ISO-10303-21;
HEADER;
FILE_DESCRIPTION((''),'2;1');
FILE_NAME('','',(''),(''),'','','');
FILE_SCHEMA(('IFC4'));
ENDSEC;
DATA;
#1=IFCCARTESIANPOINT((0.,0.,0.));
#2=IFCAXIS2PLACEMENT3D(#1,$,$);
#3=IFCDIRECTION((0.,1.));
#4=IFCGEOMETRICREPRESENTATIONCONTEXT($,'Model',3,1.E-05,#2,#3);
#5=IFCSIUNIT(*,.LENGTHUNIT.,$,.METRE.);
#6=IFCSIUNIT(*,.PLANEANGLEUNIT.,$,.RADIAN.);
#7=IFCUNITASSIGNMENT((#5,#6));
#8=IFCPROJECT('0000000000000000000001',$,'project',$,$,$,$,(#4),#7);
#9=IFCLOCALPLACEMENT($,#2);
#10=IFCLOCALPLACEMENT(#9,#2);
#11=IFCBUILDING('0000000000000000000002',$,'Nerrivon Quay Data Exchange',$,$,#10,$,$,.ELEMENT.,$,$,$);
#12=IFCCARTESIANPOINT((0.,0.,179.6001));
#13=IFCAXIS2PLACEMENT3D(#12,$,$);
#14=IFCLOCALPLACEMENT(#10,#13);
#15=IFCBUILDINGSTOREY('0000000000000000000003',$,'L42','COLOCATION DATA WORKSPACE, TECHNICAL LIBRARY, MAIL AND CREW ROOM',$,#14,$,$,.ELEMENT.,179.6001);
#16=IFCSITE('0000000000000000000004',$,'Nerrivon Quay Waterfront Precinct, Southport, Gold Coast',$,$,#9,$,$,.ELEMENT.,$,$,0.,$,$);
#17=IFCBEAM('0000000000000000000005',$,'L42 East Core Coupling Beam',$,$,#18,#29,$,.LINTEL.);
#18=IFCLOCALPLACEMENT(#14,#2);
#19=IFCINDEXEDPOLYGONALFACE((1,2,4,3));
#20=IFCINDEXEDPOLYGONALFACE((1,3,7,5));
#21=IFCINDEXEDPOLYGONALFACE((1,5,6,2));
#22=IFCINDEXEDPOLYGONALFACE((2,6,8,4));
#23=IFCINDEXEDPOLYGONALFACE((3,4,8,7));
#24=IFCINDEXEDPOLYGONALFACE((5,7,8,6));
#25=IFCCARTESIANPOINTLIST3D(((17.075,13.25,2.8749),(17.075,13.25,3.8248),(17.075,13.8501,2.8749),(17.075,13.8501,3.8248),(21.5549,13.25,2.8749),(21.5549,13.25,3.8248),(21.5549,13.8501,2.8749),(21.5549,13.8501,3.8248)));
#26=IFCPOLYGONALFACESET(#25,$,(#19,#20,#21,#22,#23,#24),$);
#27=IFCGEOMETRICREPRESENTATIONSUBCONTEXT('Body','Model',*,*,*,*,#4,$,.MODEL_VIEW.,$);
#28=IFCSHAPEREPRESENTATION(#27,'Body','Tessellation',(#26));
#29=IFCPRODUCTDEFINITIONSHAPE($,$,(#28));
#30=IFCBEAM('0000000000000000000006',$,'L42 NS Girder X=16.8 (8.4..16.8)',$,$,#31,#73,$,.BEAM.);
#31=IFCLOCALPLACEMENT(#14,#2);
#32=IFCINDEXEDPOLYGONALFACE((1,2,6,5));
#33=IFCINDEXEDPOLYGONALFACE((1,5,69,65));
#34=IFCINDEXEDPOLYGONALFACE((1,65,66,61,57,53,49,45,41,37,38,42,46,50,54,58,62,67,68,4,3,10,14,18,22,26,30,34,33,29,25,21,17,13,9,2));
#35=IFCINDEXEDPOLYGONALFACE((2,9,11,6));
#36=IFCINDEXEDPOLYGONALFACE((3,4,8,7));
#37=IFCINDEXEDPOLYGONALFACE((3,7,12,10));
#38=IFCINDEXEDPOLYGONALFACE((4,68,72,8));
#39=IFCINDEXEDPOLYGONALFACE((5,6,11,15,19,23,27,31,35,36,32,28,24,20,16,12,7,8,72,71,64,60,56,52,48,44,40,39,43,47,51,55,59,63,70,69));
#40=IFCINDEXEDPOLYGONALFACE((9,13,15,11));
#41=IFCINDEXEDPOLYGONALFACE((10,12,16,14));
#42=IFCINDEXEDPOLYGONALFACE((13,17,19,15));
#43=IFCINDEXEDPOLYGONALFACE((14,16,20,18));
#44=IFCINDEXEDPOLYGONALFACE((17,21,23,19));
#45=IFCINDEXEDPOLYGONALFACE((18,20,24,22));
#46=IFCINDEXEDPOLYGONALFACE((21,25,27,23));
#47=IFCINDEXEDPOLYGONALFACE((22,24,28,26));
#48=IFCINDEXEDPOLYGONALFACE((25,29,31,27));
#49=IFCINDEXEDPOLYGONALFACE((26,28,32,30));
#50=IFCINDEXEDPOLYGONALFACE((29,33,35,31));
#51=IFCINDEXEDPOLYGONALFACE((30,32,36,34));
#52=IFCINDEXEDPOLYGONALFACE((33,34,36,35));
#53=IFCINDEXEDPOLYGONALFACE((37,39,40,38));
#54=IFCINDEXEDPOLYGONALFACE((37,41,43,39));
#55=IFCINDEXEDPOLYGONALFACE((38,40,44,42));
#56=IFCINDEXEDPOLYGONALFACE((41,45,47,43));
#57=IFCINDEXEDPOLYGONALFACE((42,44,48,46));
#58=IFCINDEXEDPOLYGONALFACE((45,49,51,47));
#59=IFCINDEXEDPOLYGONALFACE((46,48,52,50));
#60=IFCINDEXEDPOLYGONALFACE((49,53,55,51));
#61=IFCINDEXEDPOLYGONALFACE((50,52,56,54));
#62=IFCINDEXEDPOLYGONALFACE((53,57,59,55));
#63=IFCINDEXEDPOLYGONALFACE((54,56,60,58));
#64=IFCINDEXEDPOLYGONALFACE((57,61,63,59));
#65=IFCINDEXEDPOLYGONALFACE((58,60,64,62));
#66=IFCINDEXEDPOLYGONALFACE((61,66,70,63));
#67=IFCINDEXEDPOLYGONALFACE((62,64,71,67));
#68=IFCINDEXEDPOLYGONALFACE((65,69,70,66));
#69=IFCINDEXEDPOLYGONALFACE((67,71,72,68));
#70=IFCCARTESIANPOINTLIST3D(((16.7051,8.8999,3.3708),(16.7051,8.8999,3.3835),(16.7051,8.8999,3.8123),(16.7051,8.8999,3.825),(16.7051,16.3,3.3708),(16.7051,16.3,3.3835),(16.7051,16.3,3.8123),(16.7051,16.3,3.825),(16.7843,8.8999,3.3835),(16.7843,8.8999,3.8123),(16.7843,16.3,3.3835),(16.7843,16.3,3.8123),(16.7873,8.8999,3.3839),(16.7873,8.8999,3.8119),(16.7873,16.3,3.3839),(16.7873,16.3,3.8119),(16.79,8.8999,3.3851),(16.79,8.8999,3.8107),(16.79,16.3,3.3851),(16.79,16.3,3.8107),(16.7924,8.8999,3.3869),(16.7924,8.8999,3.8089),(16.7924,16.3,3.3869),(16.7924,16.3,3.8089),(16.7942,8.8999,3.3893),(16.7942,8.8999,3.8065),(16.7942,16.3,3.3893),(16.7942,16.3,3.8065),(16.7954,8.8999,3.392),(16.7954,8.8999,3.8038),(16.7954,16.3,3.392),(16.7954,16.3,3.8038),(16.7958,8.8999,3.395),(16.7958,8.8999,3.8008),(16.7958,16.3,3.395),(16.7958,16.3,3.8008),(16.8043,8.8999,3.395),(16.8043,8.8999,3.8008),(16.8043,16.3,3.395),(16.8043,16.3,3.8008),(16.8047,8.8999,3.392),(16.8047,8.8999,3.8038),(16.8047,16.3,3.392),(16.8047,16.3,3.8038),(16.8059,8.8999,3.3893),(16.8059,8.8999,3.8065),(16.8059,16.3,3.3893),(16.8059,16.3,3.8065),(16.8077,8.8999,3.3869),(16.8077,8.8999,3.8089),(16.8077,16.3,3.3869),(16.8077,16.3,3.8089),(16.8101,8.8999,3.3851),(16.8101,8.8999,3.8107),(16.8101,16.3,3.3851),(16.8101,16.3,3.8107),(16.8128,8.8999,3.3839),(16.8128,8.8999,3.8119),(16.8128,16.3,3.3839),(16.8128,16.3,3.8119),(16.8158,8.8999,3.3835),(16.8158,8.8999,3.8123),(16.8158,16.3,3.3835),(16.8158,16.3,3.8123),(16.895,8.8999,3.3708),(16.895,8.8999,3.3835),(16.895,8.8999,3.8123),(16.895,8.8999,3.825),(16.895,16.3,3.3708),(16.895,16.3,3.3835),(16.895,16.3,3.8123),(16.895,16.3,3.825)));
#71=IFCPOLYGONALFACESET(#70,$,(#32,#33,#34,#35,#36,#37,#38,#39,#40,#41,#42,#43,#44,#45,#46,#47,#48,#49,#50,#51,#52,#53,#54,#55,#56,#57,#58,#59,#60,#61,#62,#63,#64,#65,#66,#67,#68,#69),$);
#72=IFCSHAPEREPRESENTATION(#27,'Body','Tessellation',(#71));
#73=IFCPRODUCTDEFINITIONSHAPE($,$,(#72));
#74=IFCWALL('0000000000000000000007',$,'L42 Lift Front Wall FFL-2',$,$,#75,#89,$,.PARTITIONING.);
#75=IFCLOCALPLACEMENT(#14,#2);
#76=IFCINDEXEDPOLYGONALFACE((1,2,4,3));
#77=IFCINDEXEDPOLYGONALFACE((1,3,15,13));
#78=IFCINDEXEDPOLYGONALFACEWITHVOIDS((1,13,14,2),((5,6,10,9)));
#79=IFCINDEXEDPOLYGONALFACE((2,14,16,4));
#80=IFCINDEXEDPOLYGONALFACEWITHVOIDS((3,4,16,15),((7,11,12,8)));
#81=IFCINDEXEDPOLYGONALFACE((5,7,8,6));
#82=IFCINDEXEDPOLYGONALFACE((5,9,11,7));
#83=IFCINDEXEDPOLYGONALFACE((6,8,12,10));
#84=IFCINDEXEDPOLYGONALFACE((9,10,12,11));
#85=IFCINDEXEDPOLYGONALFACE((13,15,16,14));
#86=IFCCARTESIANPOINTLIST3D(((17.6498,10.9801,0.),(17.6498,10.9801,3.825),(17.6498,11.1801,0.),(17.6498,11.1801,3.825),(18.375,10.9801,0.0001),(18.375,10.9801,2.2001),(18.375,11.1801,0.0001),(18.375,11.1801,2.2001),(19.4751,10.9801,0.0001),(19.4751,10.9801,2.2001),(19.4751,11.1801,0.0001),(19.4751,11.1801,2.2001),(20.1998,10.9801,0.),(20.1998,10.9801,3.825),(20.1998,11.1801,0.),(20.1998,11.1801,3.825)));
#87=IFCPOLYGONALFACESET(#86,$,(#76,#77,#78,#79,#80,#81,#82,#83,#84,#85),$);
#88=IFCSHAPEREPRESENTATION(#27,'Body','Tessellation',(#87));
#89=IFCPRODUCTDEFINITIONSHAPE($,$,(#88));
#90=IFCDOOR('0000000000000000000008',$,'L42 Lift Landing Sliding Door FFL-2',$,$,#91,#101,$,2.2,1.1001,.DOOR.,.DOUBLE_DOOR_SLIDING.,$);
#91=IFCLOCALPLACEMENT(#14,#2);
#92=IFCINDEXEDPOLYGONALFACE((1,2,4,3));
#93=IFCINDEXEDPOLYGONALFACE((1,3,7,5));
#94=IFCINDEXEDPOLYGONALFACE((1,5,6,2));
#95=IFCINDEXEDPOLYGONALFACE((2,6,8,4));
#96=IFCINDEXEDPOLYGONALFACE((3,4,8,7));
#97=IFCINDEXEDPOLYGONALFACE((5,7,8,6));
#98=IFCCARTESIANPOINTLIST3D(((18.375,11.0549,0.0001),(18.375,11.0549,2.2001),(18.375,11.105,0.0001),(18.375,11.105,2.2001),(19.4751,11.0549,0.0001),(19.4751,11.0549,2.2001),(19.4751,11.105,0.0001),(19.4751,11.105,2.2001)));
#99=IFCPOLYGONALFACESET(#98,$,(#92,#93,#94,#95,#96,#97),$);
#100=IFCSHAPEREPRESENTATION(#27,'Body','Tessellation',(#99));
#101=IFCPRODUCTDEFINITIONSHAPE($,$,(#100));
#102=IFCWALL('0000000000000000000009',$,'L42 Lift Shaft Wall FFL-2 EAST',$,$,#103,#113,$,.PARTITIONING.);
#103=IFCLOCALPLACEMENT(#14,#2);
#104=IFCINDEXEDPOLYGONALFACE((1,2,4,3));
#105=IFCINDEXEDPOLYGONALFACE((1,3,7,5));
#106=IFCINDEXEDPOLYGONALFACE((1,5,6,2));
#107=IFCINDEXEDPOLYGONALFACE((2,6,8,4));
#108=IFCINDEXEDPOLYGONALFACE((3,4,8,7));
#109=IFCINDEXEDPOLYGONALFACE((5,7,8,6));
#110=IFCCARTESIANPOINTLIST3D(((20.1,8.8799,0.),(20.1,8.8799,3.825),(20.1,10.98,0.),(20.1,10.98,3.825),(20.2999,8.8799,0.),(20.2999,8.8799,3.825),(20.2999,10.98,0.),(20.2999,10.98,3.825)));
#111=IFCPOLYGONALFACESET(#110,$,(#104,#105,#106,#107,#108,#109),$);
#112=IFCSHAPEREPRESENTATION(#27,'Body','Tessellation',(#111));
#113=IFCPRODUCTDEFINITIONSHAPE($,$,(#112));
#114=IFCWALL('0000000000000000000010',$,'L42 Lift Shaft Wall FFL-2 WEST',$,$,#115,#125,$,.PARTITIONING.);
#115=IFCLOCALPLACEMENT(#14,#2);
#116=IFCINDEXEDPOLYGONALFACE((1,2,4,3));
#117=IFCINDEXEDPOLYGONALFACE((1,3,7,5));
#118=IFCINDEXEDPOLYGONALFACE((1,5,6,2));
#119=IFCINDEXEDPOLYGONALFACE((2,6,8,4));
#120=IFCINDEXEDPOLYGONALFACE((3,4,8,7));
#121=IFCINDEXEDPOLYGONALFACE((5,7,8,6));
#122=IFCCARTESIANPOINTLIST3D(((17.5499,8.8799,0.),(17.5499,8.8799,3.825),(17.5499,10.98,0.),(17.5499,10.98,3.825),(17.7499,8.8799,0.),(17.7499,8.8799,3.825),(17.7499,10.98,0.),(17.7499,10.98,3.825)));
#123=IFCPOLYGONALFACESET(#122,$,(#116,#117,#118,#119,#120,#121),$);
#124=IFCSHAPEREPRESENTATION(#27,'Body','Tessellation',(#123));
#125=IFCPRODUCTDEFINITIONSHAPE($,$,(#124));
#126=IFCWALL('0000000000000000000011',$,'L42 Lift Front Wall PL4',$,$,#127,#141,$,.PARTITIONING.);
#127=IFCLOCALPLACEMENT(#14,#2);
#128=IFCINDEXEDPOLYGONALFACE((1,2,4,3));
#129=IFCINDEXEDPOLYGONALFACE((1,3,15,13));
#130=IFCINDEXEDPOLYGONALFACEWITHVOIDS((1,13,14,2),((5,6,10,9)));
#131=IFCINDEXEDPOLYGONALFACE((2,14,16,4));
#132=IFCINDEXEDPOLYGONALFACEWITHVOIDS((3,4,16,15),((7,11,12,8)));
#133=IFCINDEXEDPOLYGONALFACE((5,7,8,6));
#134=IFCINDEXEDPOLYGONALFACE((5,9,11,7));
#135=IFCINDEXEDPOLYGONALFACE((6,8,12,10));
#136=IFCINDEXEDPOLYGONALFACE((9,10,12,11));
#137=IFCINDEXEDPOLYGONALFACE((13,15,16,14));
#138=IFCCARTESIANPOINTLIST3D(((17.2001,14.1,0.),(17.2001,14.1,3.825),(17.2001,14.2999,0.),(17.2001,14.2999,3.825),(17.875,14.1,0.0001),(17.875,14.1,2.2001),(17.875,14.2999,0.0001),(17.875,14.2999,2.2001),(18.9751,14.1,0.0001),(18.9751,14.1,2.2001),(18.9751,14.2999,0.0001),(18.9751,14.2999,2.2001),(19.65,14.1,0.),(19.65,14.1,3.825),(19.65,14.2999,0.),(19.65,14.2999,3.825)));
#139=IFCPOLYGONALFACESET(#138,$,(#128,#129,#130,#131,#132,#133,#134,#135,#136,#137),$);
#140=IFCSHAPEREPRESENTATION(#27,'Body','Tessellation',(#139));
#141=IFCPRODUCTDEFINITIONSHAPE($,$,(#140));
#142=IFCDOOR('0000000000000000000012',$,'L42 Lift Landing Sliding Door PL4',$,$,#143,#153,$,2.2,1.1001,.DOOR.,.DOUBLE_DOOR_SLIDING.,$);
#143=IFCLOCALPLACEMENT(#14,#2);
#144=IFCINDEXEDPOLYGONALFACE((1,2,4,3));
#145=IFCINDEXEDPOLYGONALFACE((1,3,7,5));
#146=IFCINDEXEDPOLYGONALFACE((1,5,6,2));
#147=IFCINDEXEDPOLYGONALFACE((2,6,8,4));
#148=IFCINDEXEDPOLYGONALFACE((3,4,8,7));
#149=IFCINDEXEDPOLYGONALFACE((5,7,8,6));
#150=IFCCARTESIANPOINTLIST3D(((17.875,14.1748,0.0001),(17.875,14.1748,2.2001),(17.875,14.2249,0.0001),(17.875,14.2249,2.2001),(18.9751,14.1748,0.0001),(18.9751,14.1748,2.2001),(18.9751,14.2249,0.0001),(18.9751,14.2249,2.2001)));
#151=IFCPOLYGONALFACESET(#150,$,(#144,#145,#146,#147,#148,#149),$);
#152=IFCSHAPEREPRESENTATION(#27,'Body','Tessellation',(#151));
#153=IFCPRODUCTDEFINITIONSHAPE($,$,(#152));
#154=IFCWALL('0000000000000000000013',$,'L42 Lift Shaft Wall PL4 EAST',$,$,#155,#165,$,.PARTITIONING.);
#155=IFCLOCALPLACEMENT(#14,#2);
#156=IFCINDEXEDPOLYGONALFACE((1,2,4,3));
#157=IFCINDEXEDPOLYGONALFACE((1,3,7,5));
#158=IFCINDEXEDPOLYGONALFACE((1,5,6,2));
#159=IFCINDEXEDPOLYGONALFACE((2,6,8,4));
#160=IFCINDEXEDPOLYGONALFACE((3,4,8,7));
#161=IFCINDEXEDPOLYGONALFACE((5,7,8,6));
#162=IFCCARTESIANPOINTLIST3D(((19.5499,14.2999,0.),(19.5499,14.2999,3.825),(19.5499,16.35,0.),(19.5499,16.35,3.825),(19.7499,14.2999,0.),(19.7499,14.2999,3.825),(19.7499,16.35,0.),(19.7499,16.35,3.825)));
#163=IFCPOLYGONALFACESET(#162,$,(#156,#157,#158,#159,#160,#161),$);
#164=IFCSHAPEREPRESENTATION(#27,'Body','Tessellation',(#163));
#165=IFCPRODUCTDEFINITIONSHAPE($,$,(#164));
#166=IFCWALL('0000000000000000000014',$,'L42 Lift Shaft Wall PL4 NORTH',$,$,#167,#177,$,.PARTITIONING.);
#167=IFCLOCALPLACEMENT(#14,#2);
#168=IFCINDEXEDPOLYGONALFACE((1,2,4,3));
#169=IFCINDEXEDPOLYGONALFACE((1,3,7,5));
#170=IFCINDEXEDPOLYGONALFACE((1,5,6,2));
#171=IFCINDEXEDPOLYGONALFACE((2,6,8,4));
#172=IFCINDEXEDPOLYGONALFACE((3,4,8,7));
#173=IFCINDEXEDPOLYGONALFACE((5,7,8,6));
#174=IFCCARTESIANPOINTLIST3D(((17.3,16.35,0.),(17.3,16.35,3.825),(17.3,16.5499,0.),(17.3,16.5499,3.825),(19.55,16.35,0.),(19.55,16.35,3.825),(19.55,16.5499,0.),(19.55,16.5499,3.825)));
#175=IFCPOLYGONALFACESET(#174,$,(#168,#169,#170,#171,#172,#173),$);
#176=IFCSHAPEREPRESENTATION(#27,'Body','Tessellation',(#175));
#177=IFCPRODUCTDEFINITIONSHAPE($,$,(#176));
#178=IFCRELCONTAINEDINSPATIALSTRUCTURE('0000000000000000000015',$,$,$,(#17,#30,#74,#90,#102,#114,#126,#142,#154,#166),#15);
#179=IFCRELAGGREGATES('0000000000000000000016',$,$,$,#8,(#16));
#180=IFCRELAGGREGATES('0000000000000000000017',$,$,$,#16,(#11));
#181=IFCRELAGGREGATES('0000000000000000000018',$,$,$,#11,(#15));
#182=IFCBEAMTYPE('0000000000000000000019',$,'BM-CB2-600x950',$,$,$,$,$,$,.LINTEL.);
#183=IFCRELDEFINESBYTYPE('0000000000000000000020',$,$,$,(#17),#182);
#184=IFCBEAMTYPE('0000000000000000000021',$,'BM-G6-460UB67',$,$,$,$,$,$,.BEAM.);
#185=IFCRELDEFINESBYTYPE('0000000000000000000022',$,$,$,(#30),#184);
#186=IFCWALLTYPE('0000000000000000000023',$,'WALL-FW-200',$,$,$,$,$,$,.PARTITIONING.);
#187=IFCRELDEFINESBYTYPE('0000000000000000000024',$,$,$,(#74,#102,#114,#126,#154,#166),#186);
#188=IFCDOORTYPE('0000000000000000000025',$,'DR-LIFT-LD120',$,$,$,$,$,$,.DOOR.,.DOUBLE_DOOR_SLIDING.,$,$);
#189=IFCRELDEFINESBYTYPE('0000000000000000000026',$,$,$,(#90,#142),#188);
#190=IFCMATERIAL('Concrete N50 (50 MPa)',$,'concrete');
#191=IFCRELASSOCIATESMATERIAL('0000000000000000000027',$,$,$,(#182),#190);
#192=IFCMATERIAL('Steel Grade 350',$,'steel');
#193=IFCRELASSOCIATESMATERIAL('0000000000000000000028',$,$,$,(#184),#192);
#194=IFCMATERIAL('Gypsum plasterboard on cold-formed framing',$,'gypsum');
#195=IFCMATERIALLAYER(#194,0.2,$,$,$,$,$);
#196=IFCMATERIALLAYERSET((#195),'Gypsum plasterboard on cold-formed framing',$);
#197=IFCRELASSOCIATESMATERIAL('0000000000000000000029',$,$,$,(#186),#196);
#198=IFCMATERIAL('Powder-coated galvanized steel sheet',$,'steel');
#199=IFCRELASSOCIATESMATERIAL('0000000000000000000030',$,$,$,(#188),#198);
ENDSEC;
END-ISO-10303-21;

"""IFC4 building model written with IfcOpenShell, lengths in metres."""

from ifc_helpers import new_model, si_unit, direction, frame, frame_2d, origin, origin_2d, place, context, subcontext, project, spatial, rectangle, i_section, extrude, material, layer, layer_set, material_profile, profile_set, type_object, element, fill, save


model = new_model("IFC4")

# Units and contexts
model_context = context("Model", 3, precision=1e-05, world=origin(), true_north=direction((0.0, 1.0)))
body_context = subcontext(model_context, "Body", "Model", "MODEL_VIEW")
ifc_project = project(units=[si_unit("LENGTHUNIT", "METRE"), si_unit("PLANEANGLEUNIT", "RADIAN")], contexts=[model_context])

# Site, building, storey
site_placement = place(None, origin())
site = spatial("IfcSite", under=ifc_project, at=site_placement, Name="Nerrivon Quay Waterfront Precinct, Southport, Gold Coast", CompositionType="ELEMENT", RefElevation=0.0)
building_placement = place(site_placement, origin())
building = spatial("IfcBuilding", under=site, at=building_placement, Name="Nerrivon Quay Data Exchange", CompositionType="ELEMENT")
storey_placement = place(building_placement, frame((0.0, 0.0, 179.6001)))
storey = spatial("IfcBuildingStorey", under=building, at=storey_placement, Name="L42", Description="COLOCATION DATA WORKSPACE, TECHNICAL LIBRARY, MAIL AND CREW ROOM", CompositionType="ELEMENT", Elevation=179.6001)

# Beams
ifc_material_1 = material(Name="Concrete N50 (50 MPa)", Category="concrete")
ifc_material_profile_1 = material_profile(ifc_material_1, rectangle(XDim=0.6001, YDim=0.95, at=origin_2d()), Name="RC-CB-600x950")
ifc_profile_set_1 = profile_set([ifc_material_profile_1], Name="Concrete N50 (50 MPa)")
beam_type_1 = type_object("IfcBeamType", Name="BM-CB2-600x950", PredefinedType="LINTEL", material=ifc_profile_set_1)
beam_1_placement = place(storey_placement, frame((17.075, 13.55, 3.3499), z_axis=(1.0, 0.0, 0.0), x_axis=(0.0, 1.0, 0.0)))
element("IfcBeam", 1, at=beam_1_placement, inside=storey, type_object=beam_type_1, Name="L42 East Core Coupling Beam", PredefinedType="LINTEL", context=body_context, shape_type="SweptSolid", body=[
    extrude(rectangle(XDim=0.6001, YDim=0.95, at=origin_2d()), origin(), (0.0, 0.0, 1.0), 4.48),
])
ifc_material_2 = material(Name="Steel Grade 350", Category="steel")
ifc_material_profile_2 = material_profile(ifc_material_2, i_section(OverallWidth=0.1899, OverallDepth=0.4541, WebThickness=0.0085, FlangeThickness=0.0127, FilletRadius=0.0115, at=origin_2d()), Name="460UB67.1")
ifc_profile_set_2 = profile_set([ifc_material_profile_2], Name="Steel Grade 350")
beam_type_2 = type_object("IfcBeamType", Name="BM-G6-460UB67", PredefinedType="BEAM", material=ifc_profile_set_2)
beam_2_placement = place(storey_placement, frame((16.8, 8.8999, 3.5979), z_axis=(0.0, 1.0, 0.0), x_axis=(-1.0, 0.0, 0.0)))
element("IfcBeam", 2, at=beam_2_placement, inside=storey, type_object=beam_type_2, Name="L42 NS Girder X=16.8 (8.4..16.8)", PredefinedType="BEAM", context=body_context, shape_type="SweptSolid", body=[
    extrude(i_section(OverallWidth=0.1899, OverallDepth=0.4541, WebThickness=0.0085, FlangeThickness=0.0127, FilletRadius=0.0115, at=origin_2d()), origin(), (0.0, 0.0, 1.0), 7.4001),
])

# Wall, opening, door
ifc_material_3 = material(Name="Powder-coated galvanized steel sheet", Category="steel")
ifc_material_4 = material(Name="Gypsum plasterboard on cold-formed framing", Category="gypsum")
ifc_layer_1 = layer(ifc_material_4, 0.2)
ifc_layer_set_1 = layer_set([ifc_layer_1], Name="Gypsum plasterboard on cold-formed framing")
wall_type_1 = type_object("IfcWallType", Name="WALL-FW-200", PredefinedType="PARTITIONING", material=ifc_layer_set_1)
wall_1_placement = place(storey_placement, frame((17.6499, 11.0801, 0.0), z_axis=(0.0, 0.0, 1.0), x_axis=(1.0, 0.0, 0.0)))
wall_1 = element("IfcWall", 3, at=wall_1_placement, inside=storey, type_object=wall_type_1, Name="L42 Lift Front Wall FFL-2", PredefinedType="PARTITIONING", context=body_context, shape_type="SweptSolid", body=[
    extrude(rectangle(XDim=2.55, YDim=0.2, at=frame_2d((1.2749, 0.0))), origin(), (0.0, 0.0, 1.0), 3.825),
])
opening_1_placement = place(wall_1_placement, frame((0.7251, 0.0, 0.0)))
opening_1 = element("IfcOpeningElement", 4, at=opening_1_placement, cuts=wall_1, PredefinedType="OPENING", context=body_context, shape_type="SweptSolid", body=[
    extrude(rectangle(XDim=1.1001, YDim=2.2, at=frame_2d((0.55, 1.1001))), frame((0.0, 0.1099, 0.0), z_axis=(0.0, -1.0, 0.0), x_axis=(1.0, 0.0, 0.0)), (0.0, 0.0, 1.0), 0.22),
])
door_type_1 = type_object("IfcDoorType", Name="DR-LIFT-LD120", OperationType="DOUBLE_DOOR_SLIDING", PredefinedType="DOOR", material=ifc_material_3)
door_1_placement = place(opening_1_placement, origin())
door_1 = element("IfcDoor", 5, at=door_1_placement, inside=storey, type_object=door_type_1, Name="L42 Lift Landing Sliding Door FFL-2", OperationType="DOUBLE_DOOR_SLIDING", OverallHeight=2.2, OverallWidth=1.1001, PredefinedType="DOOR", context=body_context, shape_type="SweptSolid", body=[
    extrude(rectangle(XDim=1.1001, YDim=2.2, at=frame_2d((0.55, 1.1001))), frame((0.0, 0.0249, 0.0), z_axis=(0.0, -1.0, 0.0), x_axis=(1.0, 0.0, 0.0)), (0.0, 0.0, 1.0), 0.05),
])
fill(opening_1, door_1)

# Walls
for number, where, z_axis, x_axis, name in (
    (6, (20.2, 8.8799, 0.0), (0.0, 0.0, 1.0), (0.0, 1.0, 0.0), "L42 Lift Shaft Wall FFL-2 EAST"),
    (7, (17.6499, 8.8799, 0.0), (0.0, 0.0, 1.0), (0.0, 1.0, 0.0), "L42 Lift Shaft Wall FFL-2 WEST"),
):
    element("IfcWall", number, at=place(storey_placement, frame(where, z_axis=z_axis, x_axis=x_axis)), inside=storey, type_object=wall_type_1, Name=name, PredefinedType="PARTITIONING", context=body_context, shape_type="SweptSolid", body=[
        extrude(rectangle(XDim=2.1001, YDim=0.2, at=frame_2d((1.05, 0.0))), origin(), (0.0, 0.0, 1.0), 3.825),
    ])

# Wall, opening, door
wall_2_placement = place(storey_placement, frame((17.2, 14.2, 0.0), z_axis=(0.0, 0.0, 1.0), x_axis=(1.0, 0.0, 0.0)))
wall_2 = element("IfcWall", 8, at=wall_2_placement, inside=storey, type_object=wall_type_1, Name="L42 Lift Front Wall PL4", PredefinedType="PARTITIONING", context=body_context, shape_type="SweptSolid", body=[
    extrude(rectangle(XDim=2.45, YDim=0.2, at=frame_2d((1.2251, 0.0))), origin(), (0.0, 0.0, 1.0), 3.825),
])
opening_2_placement = place(wall_2_placement, frame((0.675, 0.0, 0.0)))
opening_2 = element("IfcOpeningElement", 9, at=opening_2_placement, cuts=wall_2, PredefinedType="OPENING", context=body_context, shape_type="SweptSolid", body=[
    extrude(rectangle(XDim=1.1001, YDim=2.2, at=frame_2d((0.55, 1.1001))), frame((0.0, 0.1099, 0.0), z_axis=(0.0, -1.0, 0.0), x_axis=(1.0, 0.0, 0.0)), (0.0, 0.0, 1.0), 0.22),
])
door_2_placement = place(opening_2_placement, origin())
door_2 = element("IfcDoor", 10, at=door_2_placement, inside=storey, type_object=door_type_1, Name="L42 Lift Landing Sliding Door PL4", OperationType="DOUBLE_DOOR_SLIDING", OverallHeight=2.2, OverallWidth=1.1001, PredefinedType="DOOR", context=body_context, shape_type="SweptSolid", body=[
    extrude(rectangle(XDim=1.1001, YDim=2.2, at=frame_2d((0.55, 1.1001))), frame((0.0, 0.0249, 0.0), z_axis=(0.0, -1.0, 0.0), x_axis=(1.0, 0.0, 0.0)), (0.0, 0.0, 1.0), 0.05),
])
fill(opening_2, door_2)

# Walls
wall_3_placement = place(storey_placement, frame((19.6499, 14.3, 0.0), z_axis=(0.0, 0.0, 1.0), x_axis=(0.0, 1.0, 0.0)))
element("IfcWall", 11, at=wall_3_placement, inside=storey, type_object=wall_type_1, Name="L42 Lift Shaft Wall PL4 EAST", PredefinedType="PARTITIONING", context=body_context, shape_type="SweptSolid", body=[
    extrude(rectangle(XDim=2.05, YDim=0.2, at=frame_2d((1.0249, 0.0))), origin(), (0.0, 0.0, 1.0), 3.825),
])
wall_4_placement = place(storey_placement, frame((17.3, 16.45, 0.0), z_axis=(0.0, 0.0, 1.0), x_axis=(1.0, 0.0, 0.0)))
element("IfcWall", 12, at=wall_4_placement, inside=storey, type_object=wall_type_1, Name="L42 Lift Shaft Wall PL4 NORTH", PredefinedType="PARTITIONING", context=body_context, shape_type="SweptSolid", body=[
    extrude(rectangle(XDim=2.25, YDim=0.2, at=frame_2d((1.125, 0.0))), origin(), (0.0, 0.0, 1.0), 3.825),
])

save(model, "model.ifc")
